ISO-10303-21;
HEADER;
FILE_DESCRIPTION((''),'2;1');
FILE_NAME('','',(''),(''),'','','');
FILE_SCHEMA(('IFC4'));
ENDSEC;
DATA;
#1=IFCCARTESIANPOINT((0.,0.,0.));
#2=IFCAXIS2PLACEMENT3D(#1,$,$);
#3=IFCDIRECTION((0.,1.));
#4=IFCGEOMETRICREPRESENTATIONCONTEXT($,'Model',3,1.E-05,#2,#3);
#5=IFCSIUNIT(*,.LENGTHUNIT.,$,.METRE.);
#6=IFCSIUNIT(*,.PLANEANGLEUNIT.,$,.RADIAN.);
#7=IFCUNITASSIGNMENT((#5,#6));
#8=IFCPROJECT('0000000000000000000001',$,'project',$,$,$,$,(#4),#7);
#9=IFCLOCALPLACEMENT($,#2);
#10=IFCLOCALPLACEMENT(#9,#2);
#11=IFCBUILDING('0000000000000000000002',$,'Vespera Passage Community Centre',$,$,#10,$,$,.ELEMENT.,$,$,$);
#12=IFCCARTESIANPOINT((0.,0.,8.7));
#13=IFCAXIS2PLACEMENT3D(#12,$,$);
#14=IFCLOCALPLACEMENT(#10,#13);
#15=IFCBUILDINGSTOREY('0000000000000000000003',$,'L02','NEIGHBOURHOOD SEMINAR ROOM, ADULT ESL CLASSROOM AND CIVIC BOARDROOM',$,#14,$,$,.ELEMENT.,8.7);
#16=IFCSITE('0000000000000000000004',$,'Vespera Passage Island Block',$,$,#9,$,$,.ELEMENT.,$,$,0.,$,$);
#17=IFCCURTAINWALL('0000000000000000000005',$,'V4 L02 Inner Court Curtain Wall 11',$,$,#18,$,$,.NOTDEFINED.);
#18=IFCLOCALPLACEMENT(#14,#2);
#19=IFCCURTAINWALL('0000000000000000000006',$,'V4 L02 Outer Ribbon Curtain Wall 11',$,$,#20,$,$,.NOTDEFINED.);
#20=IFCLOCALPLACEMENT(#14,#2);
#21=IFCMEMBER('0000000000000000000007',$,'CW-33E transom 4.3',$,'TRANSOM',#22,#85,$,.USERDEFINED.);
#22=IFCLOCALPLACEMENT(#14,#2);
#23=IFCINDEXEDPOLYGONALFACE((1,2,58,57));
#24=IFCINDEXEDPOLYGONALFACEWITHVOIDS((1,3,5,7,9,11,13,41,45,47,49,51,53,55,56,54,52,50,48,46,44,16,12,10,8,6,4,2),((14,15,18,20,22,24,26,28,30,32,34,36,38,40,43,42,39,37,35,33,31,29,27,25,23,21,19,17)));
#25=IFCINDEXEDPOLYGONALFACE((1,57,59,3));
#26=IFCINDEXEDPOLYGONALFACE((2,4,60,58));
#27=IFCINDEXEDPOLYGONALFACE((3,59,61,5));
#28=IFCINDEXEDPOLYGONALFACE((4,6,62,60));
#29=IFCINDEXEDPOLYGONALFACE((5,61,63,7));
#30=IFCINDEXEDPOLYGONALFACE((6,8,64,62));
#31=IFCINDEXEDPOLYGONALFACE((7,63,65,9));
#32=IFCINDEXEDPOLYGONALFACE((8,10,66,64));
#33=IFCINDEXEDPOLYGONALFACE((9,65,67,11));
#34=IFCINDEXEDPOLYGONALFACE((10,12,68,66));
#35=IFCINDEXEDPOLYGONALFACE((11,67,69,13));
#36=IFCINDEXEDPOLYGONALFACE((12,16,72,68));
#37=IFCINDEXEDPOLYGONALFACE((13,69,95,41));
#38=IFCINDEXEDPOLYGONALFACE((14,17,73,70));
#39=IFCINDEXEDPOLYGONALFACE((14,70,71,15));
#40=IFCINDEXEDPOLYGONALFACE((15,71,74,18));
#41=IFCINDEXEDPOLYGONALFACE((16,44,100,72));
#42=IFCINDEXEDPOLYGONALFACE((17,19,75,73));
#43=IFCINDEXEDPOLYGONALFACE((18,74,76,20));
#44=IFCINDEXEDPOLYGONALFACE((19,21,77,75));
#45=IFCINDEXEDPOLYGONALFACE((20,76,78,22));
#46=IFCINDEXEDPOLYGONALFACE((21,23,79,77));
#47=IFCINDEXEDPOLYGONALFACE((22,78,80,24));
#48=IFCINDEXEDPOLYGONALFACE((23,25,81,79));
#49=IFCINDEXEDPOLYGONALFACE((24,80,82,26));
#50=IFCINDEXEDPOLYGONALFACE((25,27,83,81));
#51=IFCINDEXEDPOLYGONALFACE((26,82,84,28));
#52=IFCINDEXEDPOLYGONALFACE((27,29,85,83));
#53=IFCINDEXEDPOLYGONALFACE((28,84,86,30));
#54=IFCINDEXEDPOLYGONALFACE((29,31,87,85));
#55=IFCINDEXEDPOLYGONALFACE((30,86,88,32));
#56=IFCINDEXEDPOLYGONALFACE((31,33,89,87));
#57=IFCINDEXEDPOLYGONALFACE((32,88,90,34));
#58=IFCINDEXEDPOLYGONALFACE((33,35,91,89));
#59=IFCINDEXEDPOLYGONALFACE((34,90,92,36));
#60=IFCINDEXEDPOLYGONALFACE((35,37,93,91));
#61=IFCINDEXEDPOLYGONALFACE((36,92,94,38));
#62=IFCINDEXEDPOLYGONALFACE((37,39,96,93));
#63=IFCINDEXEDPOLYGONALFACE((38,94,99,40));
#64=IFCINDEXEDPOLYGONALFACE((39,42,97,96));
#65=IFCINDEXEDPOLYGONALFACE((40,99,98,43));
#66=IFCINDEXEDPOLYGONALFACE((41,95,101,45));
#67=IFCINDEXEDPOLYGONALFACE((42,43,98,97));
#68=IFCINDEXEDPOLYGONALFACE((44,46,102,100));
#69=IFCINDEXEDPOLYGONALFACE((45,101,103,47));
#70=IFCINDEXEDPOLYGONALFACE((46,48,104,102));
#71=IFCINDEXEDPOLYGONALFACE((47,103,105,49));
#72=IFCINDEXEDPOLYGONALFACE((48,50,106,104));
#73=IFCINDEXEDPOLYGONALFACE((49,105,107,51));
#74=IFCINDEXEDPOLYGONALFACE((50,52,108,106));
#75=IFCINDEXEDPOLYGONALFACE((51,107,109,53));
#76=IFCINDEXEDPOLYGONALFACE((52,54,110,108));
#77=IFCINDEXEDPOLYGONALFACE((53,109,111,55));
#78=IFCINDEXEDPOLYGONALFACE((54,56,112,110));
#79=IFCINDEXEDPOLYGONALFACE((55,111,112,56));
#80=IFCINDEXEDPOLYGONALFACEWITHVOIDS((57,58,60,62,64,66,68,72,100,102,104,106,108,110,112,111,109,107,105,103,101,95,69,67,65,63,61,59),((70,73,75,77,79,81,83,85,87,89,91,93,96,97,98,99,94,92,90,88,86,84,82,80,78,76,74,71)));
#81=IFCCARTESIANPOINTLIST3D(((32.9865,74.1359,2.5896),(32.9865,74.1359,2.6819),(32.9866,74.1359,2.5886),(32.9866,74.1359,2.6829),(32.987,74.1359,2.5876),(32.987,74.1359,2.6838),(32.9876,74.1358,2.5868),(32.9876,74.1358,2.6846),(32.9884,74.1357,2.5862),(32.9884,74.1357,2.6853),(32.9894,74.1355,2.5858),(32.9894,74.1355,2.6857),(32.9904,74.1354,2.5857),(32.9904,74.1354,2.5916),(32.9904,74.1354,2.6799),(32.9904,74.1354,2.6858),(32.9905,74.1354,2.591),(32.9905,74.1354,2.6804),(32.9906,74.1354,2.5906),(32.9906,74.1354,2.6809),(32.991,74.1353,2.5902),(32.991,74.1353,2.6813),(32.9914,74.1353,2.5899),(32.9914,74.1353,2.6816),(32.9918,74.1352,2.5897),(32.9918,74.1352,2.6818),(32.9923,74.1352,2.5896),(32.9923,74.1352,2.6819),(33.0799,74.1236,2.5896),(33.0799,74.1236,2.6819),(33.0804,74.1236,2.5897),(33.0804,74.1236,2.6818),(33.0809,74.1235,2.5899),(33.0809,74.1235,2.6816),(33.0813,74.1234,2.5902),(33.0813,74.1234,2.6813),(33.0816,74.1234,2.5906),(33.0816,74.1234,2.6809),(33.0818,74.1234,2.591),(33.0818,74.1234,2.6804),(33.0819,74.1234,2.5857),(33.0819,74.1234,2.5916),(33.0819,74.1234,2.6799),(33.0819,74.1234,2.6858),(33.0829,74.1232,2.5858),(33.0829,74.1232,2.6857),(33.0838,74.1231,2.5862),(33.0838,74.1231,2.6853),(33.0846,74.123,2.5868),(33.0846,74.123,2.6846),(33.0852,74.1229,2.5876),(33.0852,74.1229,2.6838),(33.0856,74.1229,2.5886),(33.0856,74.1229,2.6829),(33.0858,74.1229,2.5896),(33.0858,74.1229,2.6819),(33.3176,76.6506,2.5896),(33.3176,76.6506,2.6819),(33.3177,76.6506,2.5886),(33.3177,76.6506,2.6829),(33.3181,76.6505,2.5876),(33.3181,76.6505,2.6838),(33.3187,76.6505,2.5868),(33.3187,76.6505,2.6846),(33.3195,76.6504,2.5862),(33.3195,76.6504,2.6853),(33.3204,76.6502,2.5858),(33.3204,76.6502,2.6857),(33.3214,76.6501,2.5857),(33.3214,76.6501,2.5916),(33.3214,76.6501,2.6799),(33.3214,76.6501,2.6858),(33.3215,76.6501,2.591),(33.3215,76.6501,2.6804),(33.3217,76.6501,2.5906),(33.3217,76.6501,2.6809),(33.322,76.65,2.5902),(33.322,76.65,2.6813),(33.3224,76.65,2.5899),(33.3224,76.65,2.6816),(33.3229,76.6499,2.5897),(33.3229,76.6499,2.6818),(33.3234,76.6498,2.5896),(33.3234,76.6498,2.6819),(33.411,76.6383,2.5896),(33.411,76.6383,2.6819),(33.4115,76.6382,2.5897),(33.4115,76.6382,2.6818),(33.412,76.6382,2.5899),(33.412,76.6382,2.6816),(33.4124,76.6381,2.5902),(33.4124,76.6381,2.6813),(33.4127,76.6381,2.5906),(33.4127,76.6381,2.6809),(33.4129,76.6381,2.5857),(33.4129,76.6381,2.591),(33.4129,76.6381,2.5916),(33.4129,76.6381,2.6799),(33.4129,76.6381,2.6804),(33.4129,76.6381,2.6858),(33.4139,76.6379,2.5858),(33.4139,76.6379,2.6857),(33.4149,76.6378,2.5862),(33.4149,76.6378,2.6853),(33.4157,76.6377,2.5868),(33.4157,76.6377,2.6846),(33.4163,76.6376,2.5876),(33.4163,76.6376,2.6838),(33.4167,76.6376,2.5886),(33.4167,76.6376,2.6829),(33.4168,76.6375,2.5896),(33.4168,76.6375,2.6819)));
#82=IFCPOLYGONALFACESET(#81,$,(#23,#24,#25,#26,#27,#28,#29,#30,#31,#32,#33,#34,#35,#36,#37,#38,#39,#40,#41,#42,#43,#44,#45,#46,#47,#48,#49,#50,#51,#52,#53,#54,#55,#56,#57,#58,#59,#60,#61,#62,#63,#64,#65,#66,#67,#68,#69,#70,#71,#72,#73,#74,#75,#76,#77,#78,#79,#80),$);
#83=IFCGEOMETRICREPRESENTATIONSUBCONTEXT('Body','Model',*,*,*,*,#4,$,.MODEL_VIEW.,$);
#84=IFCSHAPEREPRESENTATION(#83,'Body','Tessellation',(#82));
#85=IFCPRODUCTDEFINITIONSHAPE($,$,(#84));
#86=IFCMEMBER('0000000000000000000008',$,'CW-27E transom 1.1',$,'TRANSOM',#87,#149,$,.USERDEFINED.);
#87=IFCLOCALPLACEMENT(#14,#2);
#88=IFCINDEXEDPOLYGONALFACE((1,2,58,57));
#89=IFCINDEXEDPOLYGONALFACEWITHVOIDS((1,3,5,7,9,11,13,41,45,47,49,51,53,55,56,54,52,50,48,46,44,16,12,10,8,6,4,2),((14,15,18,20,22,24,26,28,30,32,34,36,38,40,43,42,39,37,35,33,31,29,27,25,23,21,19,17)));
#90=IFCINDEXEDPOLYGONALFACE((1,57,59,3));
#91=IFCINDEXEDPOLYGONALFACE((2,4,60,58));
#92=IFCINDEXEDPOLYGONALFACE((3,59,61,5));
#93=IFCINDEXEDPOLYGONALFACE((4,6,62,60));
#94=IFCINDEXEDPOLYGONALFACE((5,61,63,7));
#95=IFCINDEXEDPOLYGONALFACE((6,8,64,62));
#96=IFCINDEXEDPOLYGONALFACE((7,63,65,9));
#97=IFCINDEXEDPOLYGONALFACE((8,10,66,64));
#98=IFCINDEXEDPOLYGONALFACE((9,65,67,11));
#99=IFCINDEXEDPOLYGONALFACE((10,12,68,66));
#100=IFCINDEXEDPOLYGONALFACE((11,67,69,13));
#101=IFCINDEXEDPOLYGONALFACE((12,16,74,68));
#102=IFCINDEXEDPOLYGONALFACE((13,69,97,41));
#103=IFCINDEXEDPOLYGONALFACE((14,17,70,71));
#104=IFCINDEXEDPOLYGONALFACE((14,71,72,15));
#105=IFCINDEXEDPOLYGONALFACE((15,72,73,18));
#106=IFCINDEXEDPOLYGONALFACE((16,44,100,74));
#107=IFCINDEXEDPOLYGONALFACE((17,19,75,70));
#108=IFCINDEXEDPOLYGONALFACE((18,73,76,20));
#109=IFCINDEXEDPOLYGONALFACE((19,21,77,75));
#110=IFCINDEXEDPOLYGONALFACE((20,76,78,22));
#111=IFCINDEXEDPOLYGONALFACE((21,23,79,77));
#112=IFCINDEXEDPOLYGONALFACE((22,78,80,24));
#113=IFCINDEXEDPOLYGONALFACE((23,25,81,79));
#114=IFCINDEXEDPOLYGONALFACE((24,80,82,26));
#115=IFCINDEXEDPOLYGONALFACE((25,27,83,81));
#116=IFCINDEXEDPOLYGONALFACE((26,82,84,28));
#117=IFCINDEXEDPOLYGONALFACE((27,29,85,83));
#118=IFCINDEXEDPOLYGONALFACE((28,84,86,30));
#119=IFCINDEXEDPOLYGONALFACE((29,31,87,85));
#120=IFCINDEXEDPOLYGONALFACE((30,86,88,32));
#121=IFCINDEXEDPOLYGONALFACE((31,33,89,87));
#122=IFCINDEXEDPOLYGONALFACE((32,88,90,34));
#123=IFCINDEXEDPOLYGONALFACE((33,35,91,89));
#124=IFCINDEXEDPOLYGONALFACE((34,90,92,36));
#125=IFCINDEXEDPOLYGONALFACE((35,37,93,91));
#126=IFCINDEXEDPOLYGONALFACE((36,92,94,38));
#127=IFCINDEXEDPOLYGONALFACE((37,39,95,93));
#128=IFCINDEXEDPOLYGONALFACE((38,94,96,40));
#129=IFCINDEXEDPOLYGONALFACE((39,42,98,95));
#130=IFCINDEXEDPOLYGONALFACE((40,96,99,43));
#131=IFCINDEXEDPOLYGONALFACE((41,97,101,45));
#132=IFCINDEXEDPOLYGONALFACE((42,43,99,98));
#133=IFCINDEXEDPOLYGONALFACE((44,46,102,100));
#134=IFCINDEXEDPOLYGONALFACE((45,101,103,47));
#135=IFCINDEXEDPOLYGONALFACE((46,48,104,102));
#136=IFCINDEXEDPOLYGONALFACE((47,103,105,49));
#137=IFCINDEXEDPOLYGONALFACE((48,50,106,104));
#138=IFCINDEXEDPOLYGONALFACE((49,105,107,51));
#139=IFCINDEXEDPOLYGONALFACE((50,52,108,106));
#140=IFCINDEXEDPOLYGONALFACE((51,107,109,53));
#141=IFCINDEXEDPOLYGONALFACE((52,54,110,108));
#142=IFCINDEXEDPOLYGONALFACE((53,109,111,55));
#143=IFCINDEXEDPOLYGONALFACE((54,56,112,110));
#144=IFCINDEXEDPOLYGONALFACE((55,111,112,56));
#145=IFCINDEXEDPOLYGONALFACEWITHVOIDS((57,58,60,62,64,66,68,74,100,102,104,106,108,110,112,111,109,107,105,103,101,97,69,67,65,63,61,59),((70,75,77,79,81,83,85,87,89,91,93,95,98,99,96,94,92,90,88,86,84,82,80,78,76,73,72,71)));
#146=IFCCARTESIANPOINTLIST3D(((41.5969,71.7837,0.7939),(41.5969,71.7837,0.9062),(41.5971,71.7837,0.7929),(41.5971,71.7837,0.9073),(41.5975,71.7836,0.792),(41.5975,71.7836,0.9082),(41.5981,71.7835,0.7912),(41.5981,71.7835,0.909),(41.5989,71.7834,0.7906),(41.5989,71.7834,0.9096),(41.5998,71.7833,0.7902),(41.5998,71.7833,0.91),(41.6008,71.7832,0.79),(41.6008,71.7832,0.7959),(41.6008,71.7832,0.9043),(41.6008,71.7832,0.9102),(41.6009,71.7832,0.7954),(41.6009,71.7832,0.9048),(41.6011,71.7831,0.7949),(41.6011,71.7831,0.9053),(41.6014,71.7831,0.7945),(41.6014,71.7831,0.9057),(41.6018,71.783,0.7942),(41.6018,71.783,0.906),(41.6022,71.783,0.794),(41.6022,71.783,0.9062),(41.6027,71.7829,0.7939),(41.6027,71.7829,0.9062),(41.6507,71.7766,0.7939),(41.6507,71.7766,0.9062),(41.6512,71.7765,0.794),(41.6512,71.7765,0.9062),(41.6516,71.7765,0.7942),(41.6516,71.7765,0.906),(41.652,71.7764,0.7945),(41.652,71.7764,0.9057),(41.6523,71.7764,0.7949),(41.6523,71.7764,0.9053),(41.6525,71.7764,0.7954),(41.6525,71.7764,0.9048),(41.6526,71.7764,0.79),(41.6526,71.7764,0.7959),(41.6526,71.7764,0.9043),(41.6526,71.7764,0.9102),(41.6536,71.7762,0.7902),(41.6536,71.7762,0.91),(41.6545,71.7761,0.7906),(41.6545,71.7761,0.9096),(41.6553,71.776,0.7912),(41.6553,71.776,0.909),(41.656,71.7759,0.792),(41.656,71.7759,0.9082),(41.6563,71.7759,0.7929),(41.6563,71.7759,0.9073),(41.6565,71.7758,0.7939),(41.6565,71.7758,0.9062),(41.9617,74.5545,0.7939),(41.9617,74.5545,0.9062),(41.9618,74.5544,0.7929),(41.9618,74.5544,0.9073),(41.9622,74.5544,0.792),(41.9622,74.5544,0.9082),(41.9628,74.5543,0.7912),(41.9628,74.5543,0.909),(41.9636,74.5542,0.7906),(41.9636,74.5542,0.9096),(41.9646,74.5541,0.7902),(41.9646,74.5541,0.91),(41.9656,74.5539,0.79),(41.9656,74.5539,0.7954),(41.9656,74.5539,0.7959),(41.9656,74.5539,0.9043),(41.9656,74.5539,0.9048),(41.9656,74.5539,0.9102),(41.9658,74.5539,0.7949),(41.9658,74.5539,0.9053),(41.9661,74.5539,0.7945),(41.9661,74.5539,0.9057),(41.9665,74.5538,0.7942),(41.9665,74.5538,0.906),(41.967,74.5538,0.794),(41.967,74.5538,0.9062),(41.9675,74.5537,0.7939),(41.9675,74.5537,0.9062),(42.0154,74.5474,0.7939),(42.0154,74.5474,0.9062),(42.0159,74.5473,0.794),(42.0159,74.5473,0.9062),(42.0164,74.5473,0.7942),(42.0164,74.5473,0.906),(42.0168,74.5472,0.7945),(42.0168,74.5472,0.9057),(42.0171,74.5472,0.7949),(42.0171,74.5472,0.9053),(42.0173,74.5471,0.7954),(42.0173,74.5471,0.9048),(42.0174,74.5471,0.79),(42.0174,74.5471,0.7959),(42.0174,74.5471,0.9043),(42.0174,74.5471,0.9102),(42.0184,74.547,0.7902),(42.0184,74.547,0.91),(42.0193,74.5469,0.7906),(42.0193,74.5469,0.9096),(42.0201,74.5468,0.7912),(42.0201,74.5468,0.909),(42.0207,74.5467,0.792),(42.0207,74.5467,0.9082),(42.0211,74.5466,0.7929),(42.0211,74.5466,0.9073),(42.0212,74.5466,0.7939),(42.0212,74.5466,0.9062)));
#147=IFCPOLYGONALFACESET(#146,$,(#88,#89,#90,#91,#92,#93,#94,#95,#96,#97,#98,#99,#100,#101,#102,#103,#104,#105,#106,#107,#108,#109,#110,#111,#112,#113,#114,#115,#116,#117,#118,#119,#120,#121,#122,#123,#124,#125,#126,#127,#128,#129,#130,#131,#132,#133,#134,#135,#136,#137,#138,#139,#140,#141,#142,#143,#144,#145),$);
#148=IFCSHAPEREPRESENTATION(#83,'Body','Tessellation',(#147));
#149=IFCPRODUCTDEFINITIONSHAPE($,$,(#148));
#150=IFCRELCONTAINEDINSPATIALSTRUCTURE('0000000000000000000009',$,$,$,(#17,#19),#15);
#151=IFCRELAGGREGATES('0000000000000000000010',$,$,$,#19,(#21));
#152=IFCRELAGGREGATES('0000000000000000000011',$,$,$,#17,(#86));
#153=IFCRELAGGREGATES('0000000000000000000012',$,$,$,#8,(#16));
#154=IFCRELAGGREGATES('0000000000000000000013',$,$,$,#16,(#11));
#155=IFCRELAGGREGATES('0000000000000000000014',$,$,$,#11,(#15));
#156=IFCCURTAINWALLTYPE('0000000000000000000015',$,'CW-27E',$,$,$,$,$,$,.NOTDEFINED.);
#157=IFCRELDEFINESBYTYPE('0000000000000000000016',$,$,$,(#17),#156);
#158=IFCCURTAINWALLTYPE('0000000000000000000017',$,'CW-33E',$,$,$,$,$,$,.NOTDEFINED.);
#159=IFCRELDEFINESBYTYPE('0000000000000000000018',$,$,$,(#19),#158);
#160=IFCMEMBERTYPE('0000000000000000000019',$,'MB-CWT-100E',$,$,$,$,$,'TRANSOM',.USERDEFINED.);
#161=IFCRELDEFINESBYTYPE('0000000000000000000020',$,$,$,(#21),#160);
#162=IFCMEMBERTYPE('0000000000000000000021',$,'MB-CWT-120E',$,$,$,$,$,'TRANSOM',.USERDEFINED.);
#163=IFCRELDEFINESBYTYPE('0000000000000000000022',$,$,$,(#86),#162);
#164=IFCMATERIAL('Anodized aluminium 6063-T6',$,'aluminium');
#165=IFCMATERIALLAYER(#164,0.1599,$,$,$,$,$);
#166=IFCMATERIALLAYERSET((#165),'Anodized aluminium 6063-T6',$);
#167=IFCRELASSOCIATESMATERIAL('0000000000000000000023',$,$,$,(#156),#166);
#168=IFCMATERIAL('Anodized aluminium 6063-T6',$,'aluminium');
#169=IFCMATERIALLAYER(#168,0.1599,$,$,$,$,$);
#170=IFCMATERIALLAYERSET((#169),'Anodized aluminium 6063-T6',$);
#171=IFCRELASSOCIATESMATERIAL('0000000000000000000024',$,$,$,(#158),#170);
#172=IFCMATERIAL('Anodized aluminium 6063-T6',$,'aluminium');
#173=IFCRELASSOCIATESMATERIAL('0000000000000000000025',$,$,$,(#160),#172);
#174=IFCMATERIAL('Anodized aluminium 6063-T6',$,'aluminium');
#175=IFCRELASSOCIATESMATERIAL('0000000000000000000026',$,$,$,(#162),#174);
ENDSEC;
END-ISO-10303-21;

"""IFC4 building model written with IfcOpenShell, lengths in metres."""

from ifc_helpers import new_model, si_unit, direction, frame, origin, origin_2d, place, context, subcontext, project, spatial, hollow_rectangle, extrude, material, layer, layer_set, material_profile, profile_set, type_object, element, aggregate, save


model = new_model("IFC4")

# Units and contexts
model_context = context("Model", 3, precision=1e-05, world=origin(), true_north=direction((0.0, 1.0)))
body_context = subcontext(model_context, "Body", "Model", "MODEL_VIEW")
ifc_project = project(units=[si_unit("LENGTHUNIT", "METRE"), si_unit("PLANEANGLEUNIT", "RADIAN")], contexts=[model_context])

# Site, building, storey
site_placement = place(None, origin())
site = spatial("IfcSite", under=ifc_project, at=site_placement, Name="Vespera Passage Island Block", CompositionType="ELEMENT", RefElevation=0.0)
building_placement = place(site_placement, origin())
building = spatial("IfcBuilding", under=site, at=building_placement, Name="Vespera Passage Community Centre", CompositionType="ELEMENT")
storey_placement = place(building_placement, frame((0.0, 0.0, 8.7)))
storey = spatial("IfcBuildingStorey", under=building, at=storey_placement, Name="L02", Description="NEIGHBOURHOOD SEMINAR ROOM, ADULT ESL CLASSROOM AND CIVIC BOARDROOM", CompositionType="ELEMENT", Elevation=8.7)

# Curtain wall
ifc_material_1 = material(Name="Anodized aluminium 6063-T6", Category="aluminium")
ifc_layer_1 = layer(ifc_material_1, 0.1599)
ifc_layer_set_1 = layer_set([ifc_layer_1], Name="Anodized aluminium 6063-T6")
curtain_wall_type_1 = type_object("IfcCurtainWallType", Name="CW-27E", PredefinedType="NOTDEFINED", material=ifc_layer_set_1)
curtain_wall_1_placement = place(storey_placement, origin())
curtain_wall_1 = element("IfcCurtainWall", 1, at=curtain_wall_1_placement, inside=storey, type_object=curtain_wall_type_1, Name="V4 L02 Inner Court Curtain Wall 11", PredefinedType="NOTDEFINED")

# Curtain wall, member
ifc_material_2 = material(Name="Anodized aluminium 6063-T6", Category="aluminium")
ifc_layer_2 = layer(ifc_material_2, 0.1599)
ifc_layer_set_2 = layer_set([ifc_layer_2], Name="Anodized aluminium 6063-T6")
curtain_wall_type_2 = type_object("IfcCurtainWallType", Name="CW-33E", PredefinedType="NOTDEFINED", material=ifc_layer_set_2)
curtain_wall_2_placement = place(storey_placement, origin())
curtain_wall_2 = element("IfcCurtainWall", 2, at=curtain_wall_2_placement, inside=storey, type_object=curtain_wall_type_2, Name="V4 L02 Outer Ribbon Curtain Wall 11", PredefinedType="NOTDEFINED")
ifc_material_3 = material(Name="Anodized aluminium 6063-T6", Category="aluminium")
ifc_material_profile_1 = material_profile(ifc_material_3, hollow_rectangle(XDim=0.1001, YDim=0.1001, WallThickness=0.0039, InnerFilletRadius=0.002, OuterFilletRadius=0.0039, at=origin_2d()), Name="ALU100X100X4")
ifc_profile_set_1 = profile_set([ifc_material_profile_1], Name="Anodized aluminium 6063-T6")
member_type_1 = type_object("IfcMemberType", Name="MB-CWT-100E", ElementType="TRANSOM", PredefinedType="USERDEFINED", material=ifc_profile_set_1)
member_1_placement = place(storey_placement, frame((33.0361, 74.1294, 2.6357), z_axis=(0.130524, 0.991445, 0.0), x_axis=(-0.991445, 0.130524, 0.0)))
member_1 = element("IfcMember", 3, at=member_1_placement, type_object=member_type_1, Name="CW-33E transom 4.3", ObjectType="TRANSOM", PredefinedType="USERDEFINED", context=body_context, shape_type="SweptSolid", body=[
    extrude(hollow_rectangle(XDim=0.1001, YDim=0.1001, WallThickness=0.0039, InnerFilletRadius=0.002, OuterFilletRadius=0.0039, at=origin_2d()), origin(), (0.0, 0.0, 1.0), 2.5364),
])

# Member
ifc_material_4 = material(Name="Anodized aluminium 6063-T6", Category="aluminium")
ifc_material_profile_2 = material_profile(ifc_material_4, hollow_rectangle(XDim=0.0601, YDim=0.1201, WallThickness=0.0039, InnerFilletRadius=0.002, OuterFilletRadius=0.0039, at=origin_2d()), Name="ALU120X60X4")
ifc_profile_set_2 = profile_set([ifc_material_profile_2], Name="Anodized aluminium 6063-T6")
member_type_2 = type_object("IfcMemberType", Name="MB-CWT-120E", ElementType="TRANSOM", PredefinedType="USERDEFINED", material=ifc_profile_set_2)
member_2_placement = place(storey_placement, frame((41.9915, 74.5505, 0.8501), z_axis=(-0.130516, -0.991446, 0.0), x_axis=(0.991446, -0.130516, 0.0)))
member_2 = element("IfcMember", 4, at=member_2_placement, type_object=member_type_2, Name="CW-27E transom 1.1", ObjectType="TRANSOM", PredefinedType="USERDEFINED", context=body_context, shape_type="SweptSolid", body=[
    extrude(hollow_rectangle(XDim=0.0601, YDim=0.1201, WallThickness=0.0039, InnerFilletRadius=0.002, OuterFilletRadius=0.0039, at=origin_2d()), origin(), (0.0, 0.0, 1.0), 2.7947),
])

aggregate(curtain_wall_2, [member_1])
aggregate(curtain_wall_1, [member_2])

save(model, "model.ifc")
